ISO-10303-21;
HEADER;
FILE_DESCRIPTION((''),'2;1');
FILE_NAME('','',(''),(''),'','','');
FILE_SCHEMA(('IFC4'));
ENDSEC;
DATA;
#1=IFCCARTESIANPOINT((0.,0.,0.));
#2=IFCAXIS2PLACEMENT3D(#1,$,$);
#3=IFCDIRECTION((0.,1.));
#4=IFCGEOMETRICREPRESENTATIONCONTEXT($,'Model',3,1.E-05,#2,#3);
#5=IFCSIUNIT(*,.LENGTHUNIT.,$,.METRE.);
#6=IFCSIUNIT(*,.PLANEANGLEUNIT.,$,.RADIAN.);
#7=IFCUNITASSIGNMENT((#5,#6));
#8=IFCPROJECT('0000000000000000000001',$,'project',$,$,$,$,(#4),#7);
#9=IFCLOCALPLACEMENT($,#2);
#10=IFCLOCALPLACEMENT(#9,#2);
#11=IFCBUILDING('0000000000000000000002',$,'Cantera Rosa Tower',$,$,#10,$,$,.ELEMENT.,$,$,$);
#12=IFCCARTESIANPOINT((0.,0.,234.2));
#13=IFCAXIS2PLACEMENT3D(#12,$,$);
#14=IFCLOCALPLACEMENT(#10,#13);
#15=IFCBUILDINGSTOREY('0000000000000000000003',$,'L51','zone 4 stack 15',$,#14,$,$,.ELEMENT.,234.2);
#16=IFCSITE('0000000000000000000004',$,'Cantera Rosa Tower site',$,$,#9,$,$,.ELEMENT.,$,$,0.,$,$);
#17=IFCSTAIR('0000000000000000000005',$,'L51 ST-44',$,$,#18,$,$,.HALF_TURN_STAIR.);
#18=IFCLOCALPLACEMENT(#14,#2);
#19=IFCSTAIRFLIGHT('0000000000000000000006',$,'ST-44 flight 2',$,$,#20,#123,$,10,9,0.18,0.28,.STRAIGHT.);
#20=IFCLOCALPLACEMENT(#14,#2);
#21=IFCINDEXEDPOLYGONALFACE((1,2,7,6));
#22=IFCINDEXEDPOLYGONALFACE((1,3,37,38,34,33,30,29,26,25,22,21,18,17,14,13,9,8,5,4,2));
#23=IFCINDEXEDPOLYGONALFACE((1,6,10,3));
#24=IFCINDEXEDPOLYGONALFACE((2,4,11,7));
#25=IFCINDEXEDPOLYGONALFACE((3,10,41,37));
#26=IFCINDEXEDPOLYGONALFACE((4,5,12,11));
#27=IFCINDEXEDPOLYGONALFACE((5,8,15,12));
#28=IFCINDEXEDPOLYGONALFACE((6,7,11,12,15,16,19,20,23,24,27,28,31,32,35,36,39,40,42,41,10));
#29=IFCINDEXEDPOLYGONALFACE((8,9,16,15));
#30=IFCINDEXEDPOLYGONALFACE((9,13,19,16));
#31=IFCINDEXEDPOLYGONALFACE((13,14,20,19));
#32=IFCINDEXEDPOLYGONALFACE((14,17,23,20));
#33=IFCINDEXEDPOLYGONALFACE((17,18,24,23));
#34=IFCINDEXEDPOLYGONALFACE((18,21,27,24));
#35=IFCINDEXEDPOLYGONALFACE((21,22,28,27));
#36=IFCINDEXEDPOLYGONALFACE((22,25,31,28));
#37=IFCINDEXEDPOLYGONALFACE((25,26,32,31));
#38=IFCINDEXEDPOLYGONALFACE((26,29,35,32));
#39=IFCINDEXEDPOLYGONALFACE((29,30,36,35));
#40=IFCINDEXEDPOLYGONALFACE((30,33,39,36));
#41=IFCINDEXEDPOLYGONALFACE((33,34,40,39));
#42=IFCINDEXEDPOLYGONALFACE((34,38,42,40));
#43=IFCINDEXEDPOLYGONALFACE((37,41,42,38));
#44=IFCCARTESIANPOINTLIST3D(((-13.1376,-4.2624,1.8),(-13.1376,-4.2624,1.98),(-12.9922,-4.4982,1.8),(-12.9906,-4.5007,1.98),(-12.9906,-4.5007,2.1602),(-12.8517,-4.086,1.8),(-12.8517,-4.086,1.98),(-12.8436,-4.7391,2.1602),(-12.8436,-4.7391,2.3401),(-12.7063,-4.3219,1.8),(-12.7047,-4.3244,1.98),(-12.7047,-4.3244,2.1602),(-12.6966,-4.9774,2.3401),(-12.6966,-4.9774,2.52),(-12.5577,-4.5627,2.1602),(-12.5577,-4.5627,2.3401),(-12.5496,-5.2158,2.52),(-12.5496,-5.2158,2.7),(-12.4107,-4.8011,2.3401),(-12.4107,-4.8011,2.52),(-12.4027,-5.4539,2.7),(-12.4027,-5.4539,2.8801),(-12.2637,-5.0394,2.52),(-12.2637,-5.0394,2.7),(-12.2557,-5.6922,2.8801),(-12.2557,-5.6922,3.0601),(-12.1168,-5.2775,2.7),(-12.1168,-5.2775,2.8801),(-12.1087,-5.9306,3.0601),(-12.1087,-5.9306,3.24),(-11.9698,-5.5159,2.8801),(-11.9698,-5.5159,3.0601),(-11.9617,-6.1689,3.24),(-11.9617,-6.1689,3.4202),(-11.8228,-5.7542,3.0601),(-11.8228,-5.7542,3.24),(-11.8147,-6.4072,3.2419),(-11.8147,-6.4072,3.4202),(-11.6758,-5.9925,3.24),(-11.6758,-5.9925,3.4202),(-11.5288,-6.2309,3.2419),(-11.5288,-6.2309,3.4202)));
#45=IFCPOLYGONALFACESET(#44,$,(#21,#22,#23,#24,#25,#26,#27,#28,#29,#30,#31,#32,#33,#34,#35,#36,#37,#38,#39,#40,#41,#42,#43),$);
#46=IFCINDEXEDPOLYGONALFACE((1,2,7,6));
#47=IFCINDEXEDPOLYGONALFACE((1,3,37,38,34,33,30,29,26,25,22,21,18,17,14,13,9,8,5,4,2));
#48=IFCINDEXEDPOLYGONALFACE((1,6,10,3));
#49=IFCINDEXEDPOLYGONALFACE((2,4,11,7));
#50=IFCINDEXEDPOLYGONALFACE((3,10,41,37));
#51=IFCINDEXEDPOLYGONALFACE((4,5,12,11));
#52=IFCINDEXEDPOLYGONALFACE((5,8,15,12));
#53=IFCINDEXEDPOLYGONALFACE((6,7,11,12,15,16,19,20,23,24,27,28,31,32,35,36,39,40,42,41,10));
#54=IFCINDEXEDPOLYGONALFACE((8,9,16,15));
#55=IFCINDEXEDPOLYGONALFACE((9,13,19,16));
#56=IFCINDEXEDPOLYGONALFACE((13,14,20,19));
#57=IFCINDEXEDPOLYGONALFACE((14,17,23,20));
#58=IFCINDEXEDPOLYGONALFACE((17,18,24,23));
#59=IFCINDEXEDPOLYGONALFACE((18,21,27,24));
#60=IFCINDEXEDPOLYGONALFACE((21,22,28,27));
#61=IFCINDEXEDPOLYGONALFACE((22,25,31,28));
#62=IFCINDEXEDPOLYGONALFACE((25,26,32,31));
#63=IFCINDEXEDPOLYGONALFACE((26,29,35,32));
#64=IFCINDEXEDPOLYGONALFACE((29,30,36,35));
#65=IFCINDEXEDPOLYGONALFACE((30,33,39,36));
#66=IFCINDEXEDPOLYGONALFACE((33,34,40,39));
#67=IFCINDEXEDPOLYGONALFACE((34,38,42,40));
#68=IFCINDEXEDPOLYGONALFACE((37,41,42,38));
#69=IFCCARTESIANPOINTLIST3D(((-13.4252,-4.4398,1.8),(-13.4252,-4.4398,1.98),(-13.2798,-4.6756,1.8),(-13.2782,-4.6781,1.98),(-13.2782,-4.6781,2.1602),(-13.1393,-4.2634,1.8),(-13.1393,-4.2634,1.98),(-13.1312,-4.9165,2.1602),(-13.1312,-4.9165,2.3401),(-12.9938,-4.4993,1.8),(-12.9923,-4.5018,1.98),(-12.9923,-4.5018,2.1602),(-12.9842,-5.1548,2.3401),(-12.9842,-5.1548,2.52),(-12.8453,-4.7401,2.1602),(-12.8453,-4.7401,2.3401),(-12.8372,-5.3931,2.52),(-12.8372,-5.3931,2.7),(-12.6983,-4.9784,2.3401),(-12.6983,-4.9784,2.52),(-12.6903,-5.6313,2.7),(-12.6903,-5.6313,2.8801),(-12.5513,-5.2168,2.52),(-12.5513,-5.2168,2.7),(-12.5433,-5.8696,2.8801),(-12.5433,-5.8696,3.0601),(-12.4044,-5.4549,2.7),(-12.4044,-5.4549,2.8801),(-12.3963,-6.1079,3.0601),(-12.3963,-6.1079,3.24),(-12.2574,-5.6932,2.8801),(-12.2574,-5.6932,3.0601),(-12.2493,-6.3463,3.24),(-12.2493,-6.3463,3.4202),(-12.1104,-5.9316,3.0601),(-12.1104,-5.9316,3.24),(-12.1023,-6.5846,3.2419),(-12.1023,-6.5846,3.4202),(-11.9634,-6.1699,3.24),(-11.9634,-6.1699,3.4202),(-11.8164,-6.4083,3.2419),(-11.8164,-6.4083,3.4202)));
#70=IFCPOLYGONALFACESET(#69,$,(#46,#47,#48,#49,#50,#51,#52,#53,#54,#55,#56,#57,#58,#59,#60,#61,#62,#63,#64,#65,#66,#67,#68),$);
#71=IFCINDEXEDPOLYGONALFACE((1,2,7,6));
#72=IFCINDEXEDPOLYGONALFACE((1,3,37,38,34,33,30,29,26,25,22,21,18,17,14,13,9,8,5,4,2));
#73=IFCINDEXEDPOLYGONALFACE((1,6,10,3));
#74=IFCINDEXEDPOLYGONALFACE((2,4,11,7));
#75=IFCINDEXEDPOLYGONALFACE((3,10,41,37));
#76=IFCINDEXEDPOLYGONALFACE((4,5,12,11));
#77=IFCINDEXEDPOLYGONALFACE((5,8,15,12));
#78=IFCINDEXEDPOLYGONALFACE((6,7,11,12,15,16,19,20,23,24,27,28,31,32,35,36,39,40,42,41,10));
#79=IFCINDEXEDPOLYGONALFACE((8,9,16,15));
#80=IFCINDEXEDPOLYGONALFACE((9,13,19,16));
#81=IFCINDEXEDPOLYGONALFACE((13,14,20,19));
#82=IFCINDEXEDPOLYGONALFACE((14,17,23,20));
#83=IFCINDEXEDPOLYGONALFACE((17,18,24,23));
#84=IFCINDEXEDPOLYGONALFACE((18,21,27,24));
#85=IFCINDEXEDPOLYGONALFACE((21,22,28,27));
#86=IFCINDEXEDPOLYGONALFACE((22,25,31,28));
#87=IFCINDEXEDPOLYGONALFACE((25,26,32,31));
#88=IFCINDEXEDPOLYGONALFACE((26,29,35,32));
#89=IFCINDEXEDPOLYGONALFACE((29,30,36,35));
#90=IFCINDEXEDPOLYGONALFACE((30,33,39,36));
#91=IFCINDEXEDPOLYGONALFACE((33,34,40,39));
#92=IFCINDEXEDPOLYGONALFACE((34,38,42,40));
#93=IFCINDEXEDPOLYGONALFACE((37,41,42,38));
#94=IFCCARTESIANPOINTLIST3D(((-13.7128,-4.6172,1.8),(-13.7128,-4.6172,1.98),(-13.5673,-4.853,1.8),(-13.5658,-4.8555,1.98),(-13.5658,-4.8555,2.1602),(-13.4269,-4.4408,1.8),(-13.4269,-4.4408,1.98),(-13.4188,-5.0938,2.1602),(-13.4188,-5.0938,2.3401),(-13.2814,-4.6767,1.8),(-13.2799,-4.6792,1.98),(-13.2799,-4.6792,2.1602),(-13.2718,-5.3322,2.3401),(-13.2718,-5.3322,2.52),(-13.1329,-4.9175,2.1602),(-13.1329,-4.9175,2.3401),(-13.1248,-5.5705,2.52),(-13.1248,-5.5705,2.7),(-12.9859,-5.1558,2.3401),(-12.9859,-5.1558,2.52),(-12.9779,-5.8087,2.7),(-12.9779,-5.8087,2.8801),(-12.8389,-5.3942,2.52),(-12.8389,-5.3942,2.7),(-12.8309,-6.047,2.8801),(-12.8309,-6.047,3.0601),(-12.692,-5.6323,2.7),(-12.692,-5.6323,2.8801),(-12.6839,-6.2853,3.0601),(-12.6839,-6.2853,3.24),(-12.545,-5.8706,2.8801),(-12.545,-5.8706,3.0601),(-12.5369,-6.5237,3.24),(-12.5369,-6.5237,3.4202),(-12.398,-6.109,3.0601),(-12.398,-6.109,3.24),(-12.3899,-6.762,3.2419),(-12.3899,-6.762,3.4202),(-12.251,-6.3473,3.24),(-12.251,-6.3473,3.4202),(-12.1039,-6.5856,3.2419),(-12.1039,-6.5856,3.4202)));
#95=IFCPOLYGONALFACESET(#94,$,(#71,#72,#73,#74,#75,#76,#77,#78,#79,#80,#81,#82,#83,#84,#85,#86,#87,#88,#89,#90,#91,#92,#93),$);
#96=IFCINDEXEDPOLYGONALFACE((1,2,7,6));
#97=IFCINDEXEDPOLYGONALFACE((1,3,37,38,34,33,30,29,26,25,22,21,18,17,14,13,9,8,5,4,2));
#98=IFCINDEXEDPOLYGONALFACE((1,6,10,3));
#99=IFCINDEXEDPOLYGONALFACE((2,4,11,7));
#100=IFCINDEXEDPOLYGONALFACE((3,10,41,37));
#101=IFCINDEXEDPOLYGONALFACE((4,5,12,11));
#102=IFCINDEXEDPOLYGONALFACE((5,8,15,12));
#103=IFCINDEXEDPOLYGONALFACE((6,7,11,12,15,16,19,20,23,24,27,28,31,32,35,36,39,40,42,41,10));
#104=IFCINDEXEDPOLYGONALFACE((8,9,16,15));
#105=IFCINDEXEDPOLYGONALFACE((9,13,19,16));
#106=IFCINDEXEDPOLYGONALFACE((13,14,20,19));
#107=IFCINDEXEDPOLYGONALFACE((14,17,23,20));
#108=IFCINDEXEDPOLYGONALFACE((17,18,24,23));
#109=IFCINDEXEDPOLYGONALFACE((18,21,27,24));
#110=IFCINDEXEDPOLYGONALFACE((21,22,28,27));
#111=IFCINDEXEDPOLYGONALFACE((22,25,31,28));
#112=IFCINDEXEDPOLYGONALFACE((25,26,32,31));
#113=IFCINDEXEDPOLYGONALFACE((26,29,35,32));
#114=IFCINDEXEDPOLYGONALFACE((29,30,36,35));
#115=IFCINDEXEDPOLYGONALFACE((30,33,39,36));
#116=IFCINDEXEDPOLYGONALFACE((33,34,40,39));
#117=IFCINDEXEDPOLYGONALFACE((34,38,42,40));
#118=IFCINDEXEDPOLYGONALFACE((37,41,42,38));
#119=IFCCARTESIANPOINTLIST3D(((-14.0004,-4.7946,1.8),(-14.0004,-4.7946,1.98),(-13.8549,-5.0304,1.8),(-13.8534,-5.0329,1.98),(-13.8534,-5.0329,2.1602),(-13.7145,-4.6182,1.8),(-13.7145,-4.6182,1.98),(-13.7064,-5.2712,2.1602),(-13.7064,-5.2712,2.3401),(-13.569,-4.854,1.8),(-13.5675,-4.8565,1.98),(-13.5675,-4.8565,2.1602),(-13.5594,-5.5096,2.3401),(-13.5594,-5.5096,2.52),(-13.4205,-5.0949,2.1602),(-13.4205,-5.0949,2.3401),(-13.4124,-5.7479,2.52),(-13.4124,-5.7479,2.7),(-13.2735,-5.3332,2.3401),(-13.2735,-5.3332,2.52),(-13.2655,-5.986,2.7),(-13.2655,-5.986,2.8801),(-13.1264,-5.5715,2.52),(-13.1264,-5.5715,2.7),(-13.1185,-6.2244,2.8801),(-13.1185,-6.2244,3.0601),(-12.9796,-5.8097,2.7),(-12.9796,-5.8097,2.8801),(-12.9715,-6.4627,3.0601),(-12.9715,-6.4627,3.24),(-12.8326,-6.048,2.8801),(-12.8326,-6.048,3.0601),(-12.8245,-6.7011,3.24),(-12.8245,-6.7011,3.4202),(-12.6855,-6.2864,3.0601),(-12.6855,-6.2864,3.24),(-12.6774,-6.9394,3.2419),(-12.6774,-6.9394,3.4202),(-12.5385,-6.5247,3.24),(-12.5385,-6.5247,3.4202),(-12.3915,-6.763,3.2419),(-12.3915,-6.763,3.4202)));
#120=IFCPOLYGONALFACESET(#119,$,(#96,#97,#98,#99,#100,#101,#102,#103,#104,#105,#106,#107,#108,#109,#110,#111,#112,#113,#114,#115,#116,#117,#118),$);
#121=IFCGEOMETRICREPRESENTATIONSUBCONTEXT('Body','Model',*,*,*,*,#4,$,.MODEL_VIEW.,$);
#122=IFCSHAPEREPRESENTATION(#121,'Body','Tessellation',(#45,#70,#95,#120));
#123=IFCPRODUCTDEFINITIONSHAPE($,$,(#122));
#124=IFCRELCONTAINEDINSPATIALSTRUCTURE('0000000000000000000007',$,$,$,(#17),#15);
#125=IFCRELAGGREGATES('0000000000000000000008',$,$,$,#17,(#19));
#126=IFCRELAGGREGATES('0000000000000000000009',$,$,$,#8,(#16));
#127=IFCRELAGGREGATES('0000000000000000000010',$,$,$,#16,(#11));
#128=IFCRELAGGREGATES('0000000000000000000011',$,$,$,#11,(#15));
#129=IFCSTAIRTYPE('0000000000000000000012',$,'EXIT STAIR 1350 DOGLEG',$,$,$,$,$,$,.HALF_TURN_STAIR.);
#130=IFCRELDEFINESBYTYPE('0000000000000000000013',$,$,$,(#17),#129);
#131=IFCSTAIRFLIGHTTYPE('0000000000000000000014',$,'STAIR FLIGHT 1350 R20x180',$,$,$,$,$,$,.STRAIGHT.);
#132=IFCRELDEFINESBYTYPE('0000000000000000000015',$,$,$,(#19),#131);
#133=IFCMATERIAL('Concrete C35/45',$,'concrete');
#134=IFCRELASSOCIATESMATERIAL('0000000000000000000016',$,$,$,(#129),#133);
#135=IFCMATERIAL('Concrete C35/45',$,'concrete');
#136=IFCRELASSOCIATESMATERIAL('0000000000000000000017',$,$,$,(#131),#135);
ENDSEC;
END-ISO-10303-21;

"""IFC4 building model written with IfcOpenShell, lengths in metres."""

from ifc_helpers import new_model, si_unit, direction, frame, origin, place, context, subcontext, project, spatial, polyline, outline, extrude, material, type_object, element, aggregate, save


model = new_model("IFC4")

# Units and contexts
model_context = context("Model", 3, precision=1e-05, world=origin(), true_north=direction((0.0, 1.0)))
body_context = subcontext(model_context, "Body", "Model", "MODEL_VIEW")
ifc_project = project(units=[si_unit("LENGTHUNIT", "METRE"), si_unit("PLANEANGLEUNIT", "RADIAN")], contexts=[model_context])

# Site, building, storey
site_placement = place(None, origin())
site = spatial("IfcSite", under=ifc_project, at=site_placement, Name="Cantera Rosa Tower site", CompositionType="ELEMENT", RefElevation=0.0)
building_placement = place(site_placement, origin())
building = spatial("IfcBuilding", under=site, at=building_placement, Name="Cantera Rosa Tower", CompositionType="ELEMENT")
storey_placement = place(building_placement, frame((0.0, 0.0, 234.2)))
storey = spatial("IfcBuildingStorey", under=building, at=storey_placement, Name="L51", Description="zone 4 stack 15", CompositionType="ELEMENT", Elevation=234.2)

# Shared definitions
ifc_material_1 = material(Name="Concrete C35/45", Category="concrete")
stair_type = type_object("IfcStairType", Name="EXIT STAIR 1350 DOGLEG", PredefinedType="HALF_TURN_STAIR", material=ifc_material_1)
ifc_material_2 = material(Name="Concrete C35/45", Category="concrete")
stair_flight_type = type_object("IfcStairFlightType", Name="STAIR FLIGHT 1350 R20x180", PredefinedType="STRAIGHT", material=ifc_material_2)

# Stair, stair flight
stair_1_placement = place(storey_placement, origin())
stair_1 = element("IfcStair", 1, at=stair_1_placement, inside=storey, type_object=stair_type, Name="L51 ST-44", PredefinedType="HALF_TURN_STAIR")
stair_flight_1_placement = place(storey_placement, frame((-13.4263, -4.4404, 1.8), z_axis=(0.0, 0.0, 1.0), x_axis=(0.524977, -0.851117, 0.0)))
stair_flight_1 = element("IfcStairFlight", 2, at=stair_flight_1_placement, type_object=stair_flight_type, Name="ST-44 flight 2", NumberOfRisers=10, NumberOfTreads=9, PredefinedType="STRAIGHT", RiserHeight=0.18, TreadLength=0.28, context=body_context, shape_type="SweptSolid", body=[
    extrude(outline(polyline([(0.0, 0.0), (0.0, 0.1799), (0.28, 0.1799), (0.28, 0.3601), (0.5601, 0.3601), (0.5601, 0.54), (0.8401, 0.54), (0.8401, 0.72), (1.1201, 0.72), (1.1201, 0.8999), (1.3999, 0.8999), (1.3999, 1.0801), (1.6799, 1.0801), (1.6799, 1.26), (1.96, 1.26), (1.96, 1.4399), (2.24, 1.4399), (2.24, 1.6201), (2.52, 1.6201), (2.52, 1.8), (2.52, 1.4419), (0.2771, 0.0), (0.0, 0.0)])), frame((0.0, 0.675, 0.0), z_axis=(0.0, -1.0, 0.0), x_axis=(1.0, 0.0, 0.0)), (0.0, 0.0, 1.0), 0.3359),
    extrude(outline(polyline([(0.0, 0.0), (0.0, 0.1799), (0.28, 0.1799), (0.28, 0.3601), (0.5601, 0.3601), (0.5601, 0.54), (0.8401, 0.54), (0.8401, 0.72), (1.1201, 0.72), (1.1201, 0.8999), (1.3999, 0.8999), (1.3999, 1.0801), (1.6799, 1.0801), (1.6799, 1.26), (1.96, 1.26), (1.96, 1.4399), (2.24, 1.4399), (2.24, 1.6201), (2.52, 1.6201), (2.52, 1.8), (2.52, 1.4419), (0.2771, 0.0), (0.0, 0.0)])), frame((0.0, 0.3372, 0.0), z_axis=(0.0, -1.0, 0.0), x_axis=(1.0, 0.0, 0.0)), (0.0, 0.0, 1.0), 0.3359),
    extrude(outline(polyline([(0.0, 0.0), (0.0, 0.1799), (0.28, 0.1799), (0.28, 0.3601), (0.5601, 0.3601), (0.5601, 0.54), (0.8401, 0.54), (0.8401, 0.72), (1.1201, 0.72), (1.1201, 0.8999), (1.3999, 0.8999), (1.3999, 1.0801), (1.6799, 1.0801), (1.6799, 1.26), (1.96, 1.26), (1.96, 1.4399), (2.24, 1.4399), (2.24, 1.6201), (2.52, 1.6201), (2.52, 1.8), (2.52, 1.4419), (0.2771, 0.0), (0.0, 0.0)])), frame((0.0, -0.0007, 0.0), z_axis=(0.0, -1.0, 0.0), x_axis=(1.0, 0.0, 0.0)), (0.0, 0.0, 1.0), 0.3359),
    extrude(outline(polyline([(0.0, 0.0), (0.0, 0.1799), (0.28, 0.1799), (0.28, 0.3601), (0.5601, 0.3601), (0.5601, 0.54), (0.8401, 0.54), (0.8401, 0.72), (1.1201, 0.72), (1.1201, 0.8999), (1.3999, 0.8999), (1.3999, 1.0801), (1.6799, 1.0801), (1.6799, 1.26), (1.96, 1.26), (1.96, 1.4399), (2.24, 1.4399), (2.24, 1.6201), (2.52, 1.6201), (2.52, 1.8), (2.52, 1.4419), (0.2771, 0.0), (0.0, 0.0)])), frame((0.0, -0.3386, 0.0), z_axis=(0.0, -1.0, 0.0), x_axis=(1.0, 0.0, 0.0)), (0.0, 0.0, 1.0), 0.3359),
])
aggregate(stair_1, [stair_flight_1])

save(model, "model.ifc")
